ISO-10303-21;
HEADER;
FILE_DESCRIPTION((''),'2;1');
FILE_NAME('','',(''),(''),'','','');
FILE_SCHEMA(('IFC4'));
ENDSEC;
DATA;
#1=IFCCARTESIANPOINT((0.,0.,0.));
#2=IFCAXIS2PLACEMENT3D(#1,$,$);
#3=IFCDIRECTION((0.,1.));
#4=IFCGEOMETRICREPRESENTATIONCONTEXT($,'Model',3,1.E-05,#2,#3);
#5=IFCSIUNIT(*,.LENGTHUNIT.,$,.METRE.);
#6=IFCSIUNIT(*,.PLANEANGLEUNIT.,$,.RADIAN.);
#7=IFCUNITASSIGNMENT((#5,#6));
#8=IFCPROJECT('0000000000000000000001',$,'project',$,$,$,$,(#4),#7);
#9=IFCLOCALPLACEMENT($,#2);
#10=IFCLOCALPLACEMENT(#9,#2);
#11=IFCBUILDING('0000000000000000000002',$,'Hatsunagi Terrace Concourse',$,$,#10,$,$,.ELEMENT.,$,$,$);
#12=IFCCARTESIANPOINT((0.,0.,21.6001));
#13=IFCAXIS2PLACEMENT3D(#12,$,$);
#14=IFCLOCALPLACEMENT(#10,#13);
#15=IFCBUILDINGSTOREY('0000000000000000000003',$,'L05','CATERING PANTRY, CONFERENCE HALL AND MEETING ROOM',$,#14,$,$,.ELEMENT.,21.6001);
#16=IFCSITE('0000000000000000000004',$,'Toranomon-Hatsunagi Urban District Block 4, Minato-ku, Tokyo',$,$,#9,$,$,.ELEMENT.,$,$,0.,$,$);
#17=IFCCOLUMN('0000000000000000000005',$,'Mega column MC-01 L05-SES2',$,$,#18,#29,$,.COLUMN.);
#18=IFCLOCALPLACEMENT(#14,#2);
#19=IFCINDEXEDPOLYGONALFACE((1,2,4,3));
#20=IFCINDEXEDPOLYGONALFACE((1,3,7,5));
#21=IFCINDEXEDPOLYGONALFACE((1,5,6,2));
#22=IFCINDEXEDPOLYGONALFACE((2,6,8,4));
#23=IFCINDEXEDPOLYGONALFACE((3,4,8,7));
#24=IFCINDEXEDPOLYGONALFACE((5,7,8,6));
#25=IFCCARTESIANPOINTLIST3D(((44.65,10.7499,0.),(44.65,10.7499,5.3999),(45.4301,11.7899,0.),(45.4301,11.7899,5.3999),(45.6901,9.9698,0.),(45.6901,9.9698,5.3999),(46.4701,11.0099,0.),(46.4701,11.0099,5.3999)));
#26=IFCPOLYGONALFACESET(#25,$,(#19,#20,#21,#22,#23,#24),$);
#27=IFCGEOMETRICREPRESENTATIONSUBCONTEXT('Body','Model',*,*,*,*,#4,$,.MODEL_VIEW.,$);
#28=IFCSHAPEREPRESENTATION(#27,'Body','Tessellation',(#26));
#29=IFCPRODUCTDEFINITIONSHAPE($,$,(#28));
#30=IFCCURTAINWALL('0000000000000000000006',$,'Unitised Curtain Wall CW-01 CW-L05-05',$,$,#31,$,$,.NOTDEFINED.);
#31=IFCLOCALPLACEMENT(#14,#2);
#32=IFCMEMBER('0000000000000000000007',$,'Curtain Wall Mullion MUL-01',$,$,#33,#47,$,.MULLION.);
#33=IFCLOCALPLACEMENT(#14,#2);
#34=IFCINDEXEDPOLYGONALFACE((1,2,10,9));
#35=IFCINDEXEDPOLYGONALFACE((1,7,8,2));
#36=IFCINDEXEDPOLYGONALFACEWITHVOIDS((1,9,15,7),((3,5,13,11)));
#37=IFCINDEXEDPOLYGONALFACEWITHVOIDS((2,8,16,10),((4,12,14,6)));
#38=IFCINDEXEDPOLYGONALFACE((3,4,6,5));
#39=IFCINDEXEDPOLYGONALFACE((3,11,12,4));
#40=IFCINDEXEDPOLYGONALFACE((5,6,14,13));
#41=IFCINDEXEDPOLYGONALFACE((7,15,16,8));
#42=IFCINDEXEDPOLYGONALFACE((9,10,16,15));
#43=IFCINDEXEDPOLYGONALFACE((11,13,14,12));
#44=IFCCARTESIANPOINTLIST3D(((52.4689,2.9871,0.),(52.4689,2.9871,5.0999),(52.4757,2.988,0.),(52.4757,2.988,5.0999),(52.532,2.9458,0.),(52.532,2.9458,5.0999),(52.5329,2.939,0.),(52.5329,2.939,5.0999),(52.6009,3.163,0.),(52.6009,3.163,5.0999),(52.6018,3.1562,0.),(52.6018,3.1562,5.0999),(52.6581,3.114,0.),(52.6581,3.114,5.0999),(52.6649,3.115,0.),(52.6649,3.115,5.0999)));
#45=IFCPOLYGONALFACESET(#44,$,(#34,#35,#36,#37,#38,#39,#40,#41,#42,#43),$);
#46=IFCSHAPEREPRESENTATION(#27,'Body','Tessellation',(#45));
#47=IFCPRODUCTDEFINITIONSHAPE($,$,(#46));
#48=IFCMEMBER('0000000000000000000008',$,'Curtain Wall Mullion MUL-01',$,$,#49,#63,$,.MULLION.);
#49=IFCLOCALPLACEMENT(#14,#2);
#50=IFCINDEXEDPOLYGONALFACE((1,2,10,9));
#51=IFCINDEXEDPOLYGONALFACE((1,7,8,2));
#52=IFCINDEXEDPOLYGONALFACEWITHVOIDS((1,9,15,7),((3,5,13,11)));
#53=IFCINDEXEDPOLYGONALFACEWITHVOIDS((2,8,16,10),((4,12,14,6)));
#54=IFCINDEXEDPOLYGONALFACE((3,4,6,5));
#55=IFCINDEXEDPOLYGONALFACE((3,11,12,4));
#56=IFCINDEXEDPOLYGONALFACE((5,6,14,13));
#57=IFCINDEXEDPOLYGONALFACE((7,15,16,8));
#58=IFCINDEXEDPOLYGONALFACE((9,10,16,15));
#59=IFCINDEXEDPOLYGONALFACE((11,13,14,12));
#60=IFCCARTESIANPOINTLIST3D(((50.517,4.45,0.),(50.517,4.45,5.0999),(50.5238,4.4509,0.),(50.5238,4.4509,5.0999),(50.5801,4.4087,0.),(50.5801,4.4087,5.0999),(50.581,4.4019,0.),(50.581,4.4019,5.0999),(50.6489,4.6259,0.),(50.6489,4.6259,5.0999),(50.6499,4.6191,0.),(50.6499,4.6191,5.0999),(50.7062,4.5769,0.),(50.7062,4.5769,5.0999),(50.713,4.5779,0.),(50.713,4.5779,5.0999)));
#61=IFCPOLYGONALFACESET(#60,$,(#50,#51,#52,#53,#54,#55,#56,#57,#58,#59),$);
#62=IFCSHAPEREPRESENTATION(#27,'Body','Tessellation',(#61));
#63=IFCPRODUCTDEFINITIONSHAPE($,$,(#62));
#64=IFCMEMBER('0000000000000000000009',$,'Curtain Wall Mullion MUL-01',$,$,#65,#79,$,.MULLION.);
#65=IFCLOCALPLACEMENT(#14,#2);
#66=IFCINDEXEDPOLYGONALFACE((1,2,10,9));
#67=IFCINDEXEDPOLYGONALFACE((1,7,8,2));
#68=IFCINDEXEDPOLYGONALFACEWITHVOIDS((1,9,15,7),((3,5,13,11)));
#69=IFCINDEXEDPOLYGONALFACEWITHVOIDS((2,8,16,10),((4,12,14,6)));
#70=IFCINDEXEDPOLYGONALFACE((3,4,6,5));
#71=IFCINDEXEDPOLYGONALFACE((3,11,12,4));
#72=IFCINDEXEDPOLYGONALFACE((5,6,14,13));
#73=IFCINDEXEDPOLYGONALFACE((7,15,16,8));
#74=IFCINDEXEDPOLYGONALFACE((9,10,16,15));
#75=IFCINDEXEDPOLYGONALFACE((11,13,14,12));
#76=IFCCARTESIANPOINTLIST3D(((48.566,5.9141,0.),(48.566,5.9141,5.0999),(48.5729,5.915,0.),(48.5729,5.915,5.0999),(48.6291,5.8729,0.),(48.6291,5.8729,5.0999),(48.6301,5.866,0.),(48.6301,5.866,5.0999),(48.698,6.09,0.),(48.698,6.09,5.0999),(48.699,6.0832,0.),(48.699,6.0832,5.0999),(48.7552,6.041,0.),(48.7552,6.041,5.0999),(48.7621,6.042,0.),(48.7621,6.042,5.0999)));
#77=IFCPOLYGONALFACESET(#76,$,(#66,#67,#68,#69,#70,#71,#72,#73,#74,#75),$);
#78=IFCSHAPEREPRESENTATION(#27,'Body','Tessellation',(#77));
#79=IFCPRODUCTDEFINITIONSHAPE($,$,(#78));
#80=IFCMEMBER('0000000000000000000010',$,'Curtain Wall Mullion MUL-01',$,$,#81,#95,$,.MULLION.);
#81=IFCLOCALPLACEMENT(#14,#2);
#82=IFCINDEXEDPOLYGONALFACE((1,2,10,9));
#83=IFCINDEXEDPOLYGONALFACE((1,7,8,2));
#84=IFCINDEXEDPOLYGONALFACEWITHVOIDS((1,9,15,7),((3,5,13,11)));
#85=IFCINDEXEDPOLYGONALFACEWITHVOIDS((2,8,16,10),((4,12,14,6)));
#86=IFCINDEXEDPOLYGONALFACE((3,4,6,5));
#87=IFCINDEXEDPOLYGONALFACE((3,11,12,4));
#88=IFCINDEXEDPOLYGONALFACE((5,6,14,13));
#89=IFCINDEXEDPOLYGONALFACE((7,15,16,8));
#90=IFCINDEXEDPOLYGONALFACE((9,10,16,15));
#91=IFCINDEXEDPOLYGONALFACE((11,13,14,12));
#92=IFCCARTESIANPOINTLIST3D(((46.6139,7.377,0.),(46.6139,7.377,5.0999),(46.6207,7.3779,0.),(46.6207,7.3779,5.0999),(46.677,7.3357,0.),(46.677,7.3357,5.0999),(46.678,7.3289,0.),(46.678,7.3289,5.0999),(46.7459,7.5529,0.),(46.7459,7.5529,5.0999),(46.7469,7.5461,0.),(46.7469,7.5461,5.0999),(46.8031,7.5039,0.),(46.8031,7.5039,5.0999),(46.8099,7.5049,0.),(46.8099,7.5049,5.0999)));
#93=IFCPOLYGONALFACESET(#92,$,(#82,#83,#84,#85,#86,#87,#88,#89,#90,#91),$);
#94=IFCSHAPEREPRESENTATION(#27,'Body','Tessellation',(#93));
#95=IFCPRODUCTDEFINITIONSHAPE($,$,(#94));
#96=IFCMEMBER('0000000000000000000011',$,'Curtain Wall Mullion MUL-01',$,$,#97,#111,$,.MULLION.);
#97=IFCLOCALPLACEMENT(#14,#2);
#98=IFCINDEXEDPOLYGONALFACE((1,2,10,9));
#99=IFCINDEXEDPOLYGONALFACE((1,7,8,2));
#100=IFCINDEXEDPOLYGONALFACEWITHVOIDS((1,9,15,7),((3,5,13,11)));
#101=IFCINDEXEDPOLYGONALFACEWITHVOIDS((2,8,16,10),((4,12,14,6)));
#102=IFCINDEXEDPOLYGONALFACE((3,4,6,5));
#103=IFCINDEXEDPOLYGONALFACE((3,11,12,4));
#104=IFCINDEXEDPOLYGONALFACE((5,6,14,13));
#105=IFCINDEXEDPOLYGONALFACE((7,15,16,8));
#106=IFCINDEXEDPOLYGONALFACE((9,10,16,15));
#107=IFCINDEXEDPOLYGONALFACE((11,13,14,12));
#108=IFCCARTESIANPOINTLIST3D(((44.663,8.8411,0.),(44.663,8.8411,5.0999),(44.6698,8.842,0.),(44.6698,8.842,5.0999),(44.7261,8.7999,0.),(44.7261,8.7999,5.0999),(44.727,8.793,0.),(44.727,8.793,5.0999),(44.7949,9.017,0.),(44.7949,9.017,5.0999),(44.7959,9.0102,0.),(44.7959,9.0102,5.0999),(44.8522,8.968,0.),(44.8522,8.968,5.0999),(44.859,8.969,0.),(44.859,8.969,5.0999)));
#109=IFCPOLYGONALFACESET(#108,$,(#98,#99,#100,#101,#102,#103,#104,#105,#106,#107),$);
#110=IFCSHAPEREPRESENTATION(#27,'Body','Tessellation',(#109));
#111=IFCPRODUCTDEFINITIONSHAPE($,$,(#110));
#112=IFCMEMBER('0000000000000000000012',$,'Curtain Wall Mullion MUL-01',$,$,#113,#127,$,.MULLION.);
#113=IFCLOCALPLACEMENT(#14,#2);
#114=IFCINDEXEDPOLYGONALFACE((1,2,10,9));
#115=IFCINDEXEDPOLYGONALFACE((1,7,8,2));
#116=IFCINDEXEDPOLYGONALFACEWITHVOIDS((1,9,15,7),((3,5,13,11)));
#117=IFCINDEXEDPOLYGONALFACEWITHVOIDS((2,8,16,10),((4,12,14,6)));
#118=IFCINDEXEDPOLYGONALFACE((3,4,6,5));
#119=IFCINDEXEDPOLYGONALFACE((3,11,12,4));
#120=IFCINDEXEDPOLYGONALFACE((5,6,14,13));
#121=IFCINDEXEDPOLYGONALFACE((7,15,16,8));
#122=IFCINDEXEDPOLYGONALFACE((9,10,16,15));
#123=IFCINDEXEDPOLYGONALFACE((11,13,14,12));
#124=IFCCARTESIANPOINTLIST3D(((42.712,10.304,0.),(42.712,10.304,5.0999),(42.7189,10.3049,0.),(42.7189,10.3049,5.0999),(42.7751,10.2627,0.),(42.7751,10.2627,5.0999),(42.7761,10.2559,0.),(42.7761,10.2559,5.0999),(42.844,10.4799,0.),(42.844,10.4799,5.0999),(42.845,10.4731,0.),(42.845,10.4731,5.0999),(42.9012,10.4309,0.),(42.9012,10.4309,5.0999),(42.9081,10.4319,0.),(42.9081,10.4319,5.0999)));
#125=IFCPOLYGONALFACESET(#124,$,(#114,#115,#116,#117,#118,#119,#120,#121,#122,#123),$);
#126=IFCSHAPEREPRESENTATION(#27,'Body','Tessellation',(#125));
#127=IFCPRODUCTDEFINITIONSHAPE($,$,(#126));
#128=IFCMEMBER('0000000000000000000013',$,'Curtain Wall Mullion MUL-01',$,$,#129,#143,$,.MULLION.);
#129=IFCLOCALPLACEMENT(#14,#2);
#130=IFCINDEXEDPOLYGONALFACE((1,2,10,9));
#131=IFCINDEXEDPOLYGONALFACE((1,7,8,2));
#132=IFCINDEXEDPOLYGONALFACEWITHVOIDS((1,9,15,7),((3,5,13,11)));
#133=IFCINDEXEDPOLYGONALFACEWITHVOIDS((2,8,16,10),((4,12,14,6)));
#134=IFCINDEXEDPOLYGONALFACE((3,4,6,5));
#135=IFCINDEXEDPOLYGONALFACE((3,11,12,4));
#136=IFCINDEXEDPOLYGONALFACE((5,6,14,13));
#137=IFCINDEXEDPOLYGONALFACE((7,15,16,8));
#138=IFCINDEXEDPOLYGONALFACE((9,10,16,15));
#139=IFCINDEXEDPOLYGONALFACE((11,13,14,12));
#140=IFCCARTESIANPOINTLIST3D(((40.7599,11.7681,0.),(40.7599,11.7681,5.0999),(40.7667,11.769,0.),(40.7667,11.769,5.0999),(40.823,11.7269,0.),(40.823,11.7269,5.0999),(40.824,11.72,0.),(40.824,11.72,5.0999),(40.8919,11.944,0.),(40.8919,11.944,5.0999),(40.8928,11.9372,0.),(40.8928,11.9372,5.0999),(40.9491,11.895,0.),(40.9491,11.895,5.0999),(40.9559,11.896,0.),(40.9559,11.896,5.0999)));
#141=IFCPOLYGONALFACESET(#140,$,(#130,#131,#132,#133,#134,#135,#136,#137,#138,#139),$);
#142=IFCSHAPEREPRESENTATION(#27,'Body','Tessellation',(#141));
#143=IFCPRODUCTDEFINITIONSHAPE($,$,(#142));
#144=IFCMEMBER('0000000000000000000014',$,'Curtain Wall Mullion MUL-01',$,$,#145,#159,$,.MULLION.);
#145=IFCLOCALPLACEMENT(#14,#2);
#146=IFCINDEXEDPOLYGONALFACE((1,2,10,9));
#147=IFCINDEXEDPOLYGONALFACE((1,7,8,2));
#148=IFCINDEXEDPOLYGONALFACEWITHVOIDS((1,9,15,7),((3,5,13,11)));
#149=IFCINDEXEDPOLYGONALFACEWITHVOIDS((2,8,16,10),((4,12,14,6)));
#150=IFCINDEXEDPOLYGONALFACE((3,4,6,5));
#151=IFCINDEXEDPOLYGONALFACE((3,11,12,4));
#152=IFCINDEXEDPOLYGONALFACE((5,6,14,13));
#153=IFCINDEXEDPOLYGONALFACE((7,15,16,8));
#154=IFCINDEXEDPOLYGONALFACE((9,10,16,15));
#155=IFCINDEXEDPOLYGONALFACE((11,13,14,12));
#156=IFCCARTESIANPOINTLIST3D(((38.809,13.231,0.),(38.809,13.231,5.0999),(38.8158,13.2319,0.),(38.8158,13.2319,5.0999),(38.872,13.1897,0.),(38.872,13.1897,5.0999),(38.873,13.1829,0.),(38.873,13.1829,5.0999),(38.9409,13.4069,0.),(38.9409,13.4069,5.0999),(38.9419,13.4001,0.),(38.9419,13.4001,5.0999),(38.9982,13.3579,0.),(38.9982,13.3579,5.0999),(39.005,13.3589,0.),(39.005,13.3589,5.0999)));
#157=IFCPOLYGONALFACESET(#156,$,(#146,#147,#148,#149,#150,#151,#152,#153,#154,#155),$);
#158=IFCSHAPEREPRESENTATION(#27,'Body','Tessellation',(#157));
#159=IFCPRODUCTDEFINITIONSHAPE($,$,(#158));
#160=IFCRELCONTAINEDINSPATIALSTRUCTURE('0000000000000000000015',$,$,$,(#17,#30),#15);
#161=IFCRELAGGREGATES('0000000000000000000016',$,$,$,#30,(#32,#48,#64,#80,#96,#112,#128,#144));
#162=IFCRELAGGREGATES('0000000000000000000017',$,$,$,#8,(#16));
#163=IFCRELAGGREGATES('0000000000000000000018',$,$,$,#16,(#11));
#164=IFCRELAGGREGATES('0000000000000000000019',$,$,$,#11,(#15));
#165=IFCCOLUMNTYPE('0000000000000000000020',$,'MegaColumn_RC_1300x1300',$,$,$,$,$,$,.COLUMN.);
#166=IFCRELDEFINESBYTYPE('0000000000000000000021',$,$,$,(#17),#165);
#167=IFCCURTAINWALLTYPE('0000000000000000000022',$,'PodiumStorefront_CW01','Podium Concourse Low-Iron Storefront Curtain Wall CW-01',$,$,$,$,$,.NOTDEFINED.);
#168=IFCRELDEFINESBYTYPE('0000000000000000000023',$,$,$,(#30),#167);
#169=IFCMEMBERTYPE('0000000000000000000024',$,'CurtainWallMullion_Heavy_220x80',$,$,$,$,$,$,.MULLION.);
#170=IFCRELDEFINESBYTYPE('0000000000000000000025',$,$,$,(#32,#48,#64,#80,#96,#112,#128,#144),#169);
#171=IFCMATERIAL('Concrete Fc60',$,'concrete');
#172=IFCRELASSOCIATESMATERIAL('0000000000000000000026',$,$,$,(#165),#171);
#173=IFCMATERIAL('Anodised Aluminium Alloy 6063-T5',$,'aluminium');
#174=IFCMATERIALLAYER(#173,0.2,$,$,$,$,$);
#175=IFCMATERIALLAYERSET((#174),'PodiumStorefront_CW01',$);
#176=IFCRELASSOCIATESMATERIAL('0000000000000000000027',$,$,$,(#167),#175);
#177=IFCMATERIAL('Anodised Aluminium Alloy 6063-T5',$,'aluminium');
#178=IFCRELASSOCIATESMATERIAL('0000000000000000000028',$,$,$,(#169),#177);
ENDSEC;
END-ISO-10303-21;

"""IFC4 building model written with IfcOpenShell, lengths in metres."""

from ifc_helpers import new_model, si_unit, direction, frame, origin, origin_2d, place, context, subcontext, project, spatial, rectangle, hollow_rectangle, extrude, material, layer, layer_set, material_profile, profile_set, type_object, element, aggregate, save


model = new_model("IFC4")

# Units and contexts
model_context = context("Model", 3, precision=1e-05, world=origin(), true_north=direction((0.0, 1.0)))
body_context = subcontext(model_context, "Body", "Model", "MODEL_VIEW")
ifc_project = project(units=[si_unit("LENGTHUNIT", "METRE"), si_unit("PLANEANGLEUNIT", "RADIAN")], contexts=[model_context])

# Site, building, storey
site_placement = place(None, origin())
site = spatial("IfcSite", under=ifc_project, at=site_placement, Name="Toranomon-Hatsunagi Urban District Block 4, Minato-ku, Tokyo", CompositionType="ELEMENT", RefElevation=0.0)
building_placement = place(site_placement, origin())
building = spatial("IfcBuilding", under=site, at=building_placement, Name="Hatsunagi Terrace Concourse", CompositionType="ELEMENT")
storey_placement = place(building_placement, frame((0.0, 0.0, 21.6001)))
storey = spatial("IfcBuildingStorey", under=building, at=storey_placement, Name="L05", Description="CATERING PANTRY, CONFERENCE HALL AND MEETING ROOM", CompositionType="ELEMENT", Elevation=21.6001)

# Column
ifc_material_1 = material(Name="Concrete Fc60", Category="concrete")
ifc_material_profile_1 = material_profile(ifc_material_1, rectangle(XDim=1.3, YDim=1.3, at=origin_2d()), Name="RC-1300x1300")
ifc_profile_set_1 = profile_set([ifc_material_profile_1], Name="Concrete Fc60")
column_type = type_object("IfcColumnType", Name="MegaColumn_RC_1300x1300", PredefinedType="COLUMN", material=ifc_profile_set_1)
column_placement = place(storey_placement, frame((45.5601, 10.8799, 0.0), z_axis=(0.0, 0.0, 1.0), x_axis=(0.8, -0.6, 0.0)))
element("IfcColumn", 1, at=column_placement, inside=storey, type_object=column_type, Name="Mega column MC-01 L05-SES2", PredefinedType="COLUMN", context=body_context, shape_type="SweptSolid", body=[
    extrude(rectangle(XDim=1.3, YDim=1.3, at=origin_2d()), origin(), (0.0, 0.0, 1.0), 5.3999),
])

# Curtain wall, members
ifc_material_2 = material(Name="Anodised Aluminium Alloy 6063-T5", Category="aluminium")
ifc_layer_1 = layer(ifc_material_2, 0.2)
ifc_layer_set_1 = layer_set([ifc_layer_1], Name="PodiumStorefront_CW01")
curtain_wall_type = type_object("IfcCurtainWallType", Name="PodiumStorefront_CW01", Description="Podium Concourse Low-Iron Storefront Curtain Wall CW-01", PredefinedType="NOTDEFINED", material=ifc_layer_set_1)
curtain_wall_placement = place(storey_placement, origin())
curtain_wall = element("IfcCurtainWall", 2, at=curtain_wall_placement, inside=storey, type_object=curtain_wall_type, Name="Unitised Curtain Wall CW-01 CW-L05-05", PredefinedType="NOTDEFINED")
ifc_material_3 = material(Name="Anodised Aluminium Alloy 6063-T5", Category="aluminium")
ifc_material_profile_2 = material_profile(ifc_material_3, hollow_rectangle(XDim=0.0801, YDim=0.22, WallThickness=0.0049, at=origin_2d()), Name="ALU-MUL-220x80x5")
ifc_profile_set_2 = profile_set([ifc_material_profile_2], Name="Anodised Aluminium Alloy 6063-T5")
member_type = type_object("IfcMemberType", Name="CurtainWallMullion_Heavy_220x80", PredefinedType="MULLION", material=ifc_profile_set_2)
member_1_placement = place(storey_placement, frame((52.5669, 3.051, 0.0), z_axis=(0.0, 0.0, 1.0), x_axis=(-0.800003, 0.599996, 0.0)))
member_1 = element("IfcMember", 3, at=member_1_placement, type_object=member_type, Name="Curtain Wall Mullion MUL-01", PredefinedType="MULLION", context=body_context, shape_type="SweptSolid", body=[
    extrude(hollow_rectangle(XDim=0.0801, YDim=0.22, WallThickness=0.0049, at=origin_2d()), origin(), (0.0, 0.0, 1.0), 5.0999),
])
member_2_placement = place(storey_placement, frame((50.615, 4.5139, 0.0), z_axis=(0.0, 0.0, 1.0), x_axis=(-0.800003, 0.599996, 0.0)))
member_2 = element("IfcMember", 4, at=member_2_placement, type_object=member_type, Name="Curtain Wall Mullion MUL-01", PredefinedType="MULLION", context=body_context, shape_type="SweptSolid", body=[
    extrude(hollow_rectangle(XDim=0.0801, YDim=0.22, WallThickness=0.0049, at=origin_2d()), origin(), (0.0, 0.0, 1.0), 5.0999),
])
member_3_placement = place(storey_placement, frame((48.6641, 5.978, 0.0), z_axis=(0.0, 0.0, 1.0), x_axis=(-0.800003, 0.599996, 0.0)))
member_3 = element("IfcMember", 5, at=member_3_placement, type_object=member_type, Name="Curtain Wall Mullion MUL-01", PredefinedType="MULLION", context=body_context, shape_type="SweptSolid", body=[
    extrude(hollow_rectangle(XDim=0.0801, YDim=0.22, WallThickness=0.0049, at=origin_2d()), origin(), (0.0, 0.0, 1.0), 5.0999),
])
member_4_placement = place(storey_placement, frame((46.7119, 7.4409, 0.0), z_axis=(0.0, 0.0, 1.0), x_axis=(-0.800003, 0.599996, 0.0)))
member_4 = element("IfcMember", 6, at=member_4_placement, type_object=member_type, Name="Curtain Wall Mullion MUL-01", PredefinedType="MULLION", context=body_context, shape_type="SweptSolid", body=[
    extrude(hollow_rectangle(XDim=0.0801, YDim=0.22, WallThickness=0.0049, at=origin_2d()), origin(), (0.0, 0.0, 1.0), 5.0999),
])
member_5_placement = place(storey_placement, frame((44.761, 8.905, 0.0), z_axis=(0.0, 0.0, 1.0), x_axis=(-0.800003, 0.599996, 0.0)))
member_5 = element("IfcMember", 7, at=member_5_placement, type_object=member_type, Name="Curtain Wall Mullion MUL-01", PredefinedType="MULLION", context=body_context, shape_type="SweptSolid", body=[
    extrude(hollow_rectangle(XDim=0.0801, YDim=0.22, WallThickness=0.0049, at=origin_2d()), origin(), (0.0, 0.0, 1.0), 5.0999),
])
member_6_placement = place(storey_placement, frame((42.8101, 10.3679, 0.0), z_axis=(0.0, 0.0, 1.0), x_axis=(-0.800003, 0.599996, 0.0)))
member_6 = element("IfcMember", 8, at=member_6_placement, type_object=member_type, Name="Curtain Wall Mullion MUL-01", PredefinedType="MULLION", context=body_context, shape_type="SweptSolid", body=[
    extrude(hollow_rectangle(XDim=0.0801, YDim=0.22, WallThickness=0.0049, at=origin_2d()), origin(), (0.0, 0.0, 1.0), 5.0999),
])
member_7_placement = place(storey_placement, frame((40.8579, 11.832, 0.0), z_axis=(0.0, 0.0, 1.0), x_axis=(-0.800003, 0.599996, 0.0)))
member_7 = element("IfcMember", 9, at=member_7_placement, type_object=member_type, Name="Curtain Wall Mullion MUL-01", PredefinedType="MULLION", context=body_context, shape_type="SweptSolid", body=[
    extrude(hollow_rectangle(XDim=0.0801, YDim=0.22, WallThickness=0.0049, at=origin_2d()), origin(), (0.0, 0.0, 1.0), 5.0999),
])
member_8_placement = place(storey_placement, frame((38.907, 13.2949, 0.0), z_axis=(0.0, 0.0, 1.0), x_axis=(-0.800003, 0.599996, 0.0)))
member_8 = element("IfcMember", 10, at=member_8_placement, type_object=member_type, Name="Curtain Wall Mullion MUL-01", PredefinedType="MULLION", context=body_context, shape_type="SweptSolid", body=[
    extrude(hollow_rectangle(XDim=0.0801, YDim=0.22, WallThickness=0.0049, at=origin_2d()), origin(), (0.0, 0.0, 1.0), 5.0999),
])

aggregate(curtain_wall, [member_1, member_2, member_3, member_4, member_5, member_6, member_7, member_8])

save(model, "model.ifc")
